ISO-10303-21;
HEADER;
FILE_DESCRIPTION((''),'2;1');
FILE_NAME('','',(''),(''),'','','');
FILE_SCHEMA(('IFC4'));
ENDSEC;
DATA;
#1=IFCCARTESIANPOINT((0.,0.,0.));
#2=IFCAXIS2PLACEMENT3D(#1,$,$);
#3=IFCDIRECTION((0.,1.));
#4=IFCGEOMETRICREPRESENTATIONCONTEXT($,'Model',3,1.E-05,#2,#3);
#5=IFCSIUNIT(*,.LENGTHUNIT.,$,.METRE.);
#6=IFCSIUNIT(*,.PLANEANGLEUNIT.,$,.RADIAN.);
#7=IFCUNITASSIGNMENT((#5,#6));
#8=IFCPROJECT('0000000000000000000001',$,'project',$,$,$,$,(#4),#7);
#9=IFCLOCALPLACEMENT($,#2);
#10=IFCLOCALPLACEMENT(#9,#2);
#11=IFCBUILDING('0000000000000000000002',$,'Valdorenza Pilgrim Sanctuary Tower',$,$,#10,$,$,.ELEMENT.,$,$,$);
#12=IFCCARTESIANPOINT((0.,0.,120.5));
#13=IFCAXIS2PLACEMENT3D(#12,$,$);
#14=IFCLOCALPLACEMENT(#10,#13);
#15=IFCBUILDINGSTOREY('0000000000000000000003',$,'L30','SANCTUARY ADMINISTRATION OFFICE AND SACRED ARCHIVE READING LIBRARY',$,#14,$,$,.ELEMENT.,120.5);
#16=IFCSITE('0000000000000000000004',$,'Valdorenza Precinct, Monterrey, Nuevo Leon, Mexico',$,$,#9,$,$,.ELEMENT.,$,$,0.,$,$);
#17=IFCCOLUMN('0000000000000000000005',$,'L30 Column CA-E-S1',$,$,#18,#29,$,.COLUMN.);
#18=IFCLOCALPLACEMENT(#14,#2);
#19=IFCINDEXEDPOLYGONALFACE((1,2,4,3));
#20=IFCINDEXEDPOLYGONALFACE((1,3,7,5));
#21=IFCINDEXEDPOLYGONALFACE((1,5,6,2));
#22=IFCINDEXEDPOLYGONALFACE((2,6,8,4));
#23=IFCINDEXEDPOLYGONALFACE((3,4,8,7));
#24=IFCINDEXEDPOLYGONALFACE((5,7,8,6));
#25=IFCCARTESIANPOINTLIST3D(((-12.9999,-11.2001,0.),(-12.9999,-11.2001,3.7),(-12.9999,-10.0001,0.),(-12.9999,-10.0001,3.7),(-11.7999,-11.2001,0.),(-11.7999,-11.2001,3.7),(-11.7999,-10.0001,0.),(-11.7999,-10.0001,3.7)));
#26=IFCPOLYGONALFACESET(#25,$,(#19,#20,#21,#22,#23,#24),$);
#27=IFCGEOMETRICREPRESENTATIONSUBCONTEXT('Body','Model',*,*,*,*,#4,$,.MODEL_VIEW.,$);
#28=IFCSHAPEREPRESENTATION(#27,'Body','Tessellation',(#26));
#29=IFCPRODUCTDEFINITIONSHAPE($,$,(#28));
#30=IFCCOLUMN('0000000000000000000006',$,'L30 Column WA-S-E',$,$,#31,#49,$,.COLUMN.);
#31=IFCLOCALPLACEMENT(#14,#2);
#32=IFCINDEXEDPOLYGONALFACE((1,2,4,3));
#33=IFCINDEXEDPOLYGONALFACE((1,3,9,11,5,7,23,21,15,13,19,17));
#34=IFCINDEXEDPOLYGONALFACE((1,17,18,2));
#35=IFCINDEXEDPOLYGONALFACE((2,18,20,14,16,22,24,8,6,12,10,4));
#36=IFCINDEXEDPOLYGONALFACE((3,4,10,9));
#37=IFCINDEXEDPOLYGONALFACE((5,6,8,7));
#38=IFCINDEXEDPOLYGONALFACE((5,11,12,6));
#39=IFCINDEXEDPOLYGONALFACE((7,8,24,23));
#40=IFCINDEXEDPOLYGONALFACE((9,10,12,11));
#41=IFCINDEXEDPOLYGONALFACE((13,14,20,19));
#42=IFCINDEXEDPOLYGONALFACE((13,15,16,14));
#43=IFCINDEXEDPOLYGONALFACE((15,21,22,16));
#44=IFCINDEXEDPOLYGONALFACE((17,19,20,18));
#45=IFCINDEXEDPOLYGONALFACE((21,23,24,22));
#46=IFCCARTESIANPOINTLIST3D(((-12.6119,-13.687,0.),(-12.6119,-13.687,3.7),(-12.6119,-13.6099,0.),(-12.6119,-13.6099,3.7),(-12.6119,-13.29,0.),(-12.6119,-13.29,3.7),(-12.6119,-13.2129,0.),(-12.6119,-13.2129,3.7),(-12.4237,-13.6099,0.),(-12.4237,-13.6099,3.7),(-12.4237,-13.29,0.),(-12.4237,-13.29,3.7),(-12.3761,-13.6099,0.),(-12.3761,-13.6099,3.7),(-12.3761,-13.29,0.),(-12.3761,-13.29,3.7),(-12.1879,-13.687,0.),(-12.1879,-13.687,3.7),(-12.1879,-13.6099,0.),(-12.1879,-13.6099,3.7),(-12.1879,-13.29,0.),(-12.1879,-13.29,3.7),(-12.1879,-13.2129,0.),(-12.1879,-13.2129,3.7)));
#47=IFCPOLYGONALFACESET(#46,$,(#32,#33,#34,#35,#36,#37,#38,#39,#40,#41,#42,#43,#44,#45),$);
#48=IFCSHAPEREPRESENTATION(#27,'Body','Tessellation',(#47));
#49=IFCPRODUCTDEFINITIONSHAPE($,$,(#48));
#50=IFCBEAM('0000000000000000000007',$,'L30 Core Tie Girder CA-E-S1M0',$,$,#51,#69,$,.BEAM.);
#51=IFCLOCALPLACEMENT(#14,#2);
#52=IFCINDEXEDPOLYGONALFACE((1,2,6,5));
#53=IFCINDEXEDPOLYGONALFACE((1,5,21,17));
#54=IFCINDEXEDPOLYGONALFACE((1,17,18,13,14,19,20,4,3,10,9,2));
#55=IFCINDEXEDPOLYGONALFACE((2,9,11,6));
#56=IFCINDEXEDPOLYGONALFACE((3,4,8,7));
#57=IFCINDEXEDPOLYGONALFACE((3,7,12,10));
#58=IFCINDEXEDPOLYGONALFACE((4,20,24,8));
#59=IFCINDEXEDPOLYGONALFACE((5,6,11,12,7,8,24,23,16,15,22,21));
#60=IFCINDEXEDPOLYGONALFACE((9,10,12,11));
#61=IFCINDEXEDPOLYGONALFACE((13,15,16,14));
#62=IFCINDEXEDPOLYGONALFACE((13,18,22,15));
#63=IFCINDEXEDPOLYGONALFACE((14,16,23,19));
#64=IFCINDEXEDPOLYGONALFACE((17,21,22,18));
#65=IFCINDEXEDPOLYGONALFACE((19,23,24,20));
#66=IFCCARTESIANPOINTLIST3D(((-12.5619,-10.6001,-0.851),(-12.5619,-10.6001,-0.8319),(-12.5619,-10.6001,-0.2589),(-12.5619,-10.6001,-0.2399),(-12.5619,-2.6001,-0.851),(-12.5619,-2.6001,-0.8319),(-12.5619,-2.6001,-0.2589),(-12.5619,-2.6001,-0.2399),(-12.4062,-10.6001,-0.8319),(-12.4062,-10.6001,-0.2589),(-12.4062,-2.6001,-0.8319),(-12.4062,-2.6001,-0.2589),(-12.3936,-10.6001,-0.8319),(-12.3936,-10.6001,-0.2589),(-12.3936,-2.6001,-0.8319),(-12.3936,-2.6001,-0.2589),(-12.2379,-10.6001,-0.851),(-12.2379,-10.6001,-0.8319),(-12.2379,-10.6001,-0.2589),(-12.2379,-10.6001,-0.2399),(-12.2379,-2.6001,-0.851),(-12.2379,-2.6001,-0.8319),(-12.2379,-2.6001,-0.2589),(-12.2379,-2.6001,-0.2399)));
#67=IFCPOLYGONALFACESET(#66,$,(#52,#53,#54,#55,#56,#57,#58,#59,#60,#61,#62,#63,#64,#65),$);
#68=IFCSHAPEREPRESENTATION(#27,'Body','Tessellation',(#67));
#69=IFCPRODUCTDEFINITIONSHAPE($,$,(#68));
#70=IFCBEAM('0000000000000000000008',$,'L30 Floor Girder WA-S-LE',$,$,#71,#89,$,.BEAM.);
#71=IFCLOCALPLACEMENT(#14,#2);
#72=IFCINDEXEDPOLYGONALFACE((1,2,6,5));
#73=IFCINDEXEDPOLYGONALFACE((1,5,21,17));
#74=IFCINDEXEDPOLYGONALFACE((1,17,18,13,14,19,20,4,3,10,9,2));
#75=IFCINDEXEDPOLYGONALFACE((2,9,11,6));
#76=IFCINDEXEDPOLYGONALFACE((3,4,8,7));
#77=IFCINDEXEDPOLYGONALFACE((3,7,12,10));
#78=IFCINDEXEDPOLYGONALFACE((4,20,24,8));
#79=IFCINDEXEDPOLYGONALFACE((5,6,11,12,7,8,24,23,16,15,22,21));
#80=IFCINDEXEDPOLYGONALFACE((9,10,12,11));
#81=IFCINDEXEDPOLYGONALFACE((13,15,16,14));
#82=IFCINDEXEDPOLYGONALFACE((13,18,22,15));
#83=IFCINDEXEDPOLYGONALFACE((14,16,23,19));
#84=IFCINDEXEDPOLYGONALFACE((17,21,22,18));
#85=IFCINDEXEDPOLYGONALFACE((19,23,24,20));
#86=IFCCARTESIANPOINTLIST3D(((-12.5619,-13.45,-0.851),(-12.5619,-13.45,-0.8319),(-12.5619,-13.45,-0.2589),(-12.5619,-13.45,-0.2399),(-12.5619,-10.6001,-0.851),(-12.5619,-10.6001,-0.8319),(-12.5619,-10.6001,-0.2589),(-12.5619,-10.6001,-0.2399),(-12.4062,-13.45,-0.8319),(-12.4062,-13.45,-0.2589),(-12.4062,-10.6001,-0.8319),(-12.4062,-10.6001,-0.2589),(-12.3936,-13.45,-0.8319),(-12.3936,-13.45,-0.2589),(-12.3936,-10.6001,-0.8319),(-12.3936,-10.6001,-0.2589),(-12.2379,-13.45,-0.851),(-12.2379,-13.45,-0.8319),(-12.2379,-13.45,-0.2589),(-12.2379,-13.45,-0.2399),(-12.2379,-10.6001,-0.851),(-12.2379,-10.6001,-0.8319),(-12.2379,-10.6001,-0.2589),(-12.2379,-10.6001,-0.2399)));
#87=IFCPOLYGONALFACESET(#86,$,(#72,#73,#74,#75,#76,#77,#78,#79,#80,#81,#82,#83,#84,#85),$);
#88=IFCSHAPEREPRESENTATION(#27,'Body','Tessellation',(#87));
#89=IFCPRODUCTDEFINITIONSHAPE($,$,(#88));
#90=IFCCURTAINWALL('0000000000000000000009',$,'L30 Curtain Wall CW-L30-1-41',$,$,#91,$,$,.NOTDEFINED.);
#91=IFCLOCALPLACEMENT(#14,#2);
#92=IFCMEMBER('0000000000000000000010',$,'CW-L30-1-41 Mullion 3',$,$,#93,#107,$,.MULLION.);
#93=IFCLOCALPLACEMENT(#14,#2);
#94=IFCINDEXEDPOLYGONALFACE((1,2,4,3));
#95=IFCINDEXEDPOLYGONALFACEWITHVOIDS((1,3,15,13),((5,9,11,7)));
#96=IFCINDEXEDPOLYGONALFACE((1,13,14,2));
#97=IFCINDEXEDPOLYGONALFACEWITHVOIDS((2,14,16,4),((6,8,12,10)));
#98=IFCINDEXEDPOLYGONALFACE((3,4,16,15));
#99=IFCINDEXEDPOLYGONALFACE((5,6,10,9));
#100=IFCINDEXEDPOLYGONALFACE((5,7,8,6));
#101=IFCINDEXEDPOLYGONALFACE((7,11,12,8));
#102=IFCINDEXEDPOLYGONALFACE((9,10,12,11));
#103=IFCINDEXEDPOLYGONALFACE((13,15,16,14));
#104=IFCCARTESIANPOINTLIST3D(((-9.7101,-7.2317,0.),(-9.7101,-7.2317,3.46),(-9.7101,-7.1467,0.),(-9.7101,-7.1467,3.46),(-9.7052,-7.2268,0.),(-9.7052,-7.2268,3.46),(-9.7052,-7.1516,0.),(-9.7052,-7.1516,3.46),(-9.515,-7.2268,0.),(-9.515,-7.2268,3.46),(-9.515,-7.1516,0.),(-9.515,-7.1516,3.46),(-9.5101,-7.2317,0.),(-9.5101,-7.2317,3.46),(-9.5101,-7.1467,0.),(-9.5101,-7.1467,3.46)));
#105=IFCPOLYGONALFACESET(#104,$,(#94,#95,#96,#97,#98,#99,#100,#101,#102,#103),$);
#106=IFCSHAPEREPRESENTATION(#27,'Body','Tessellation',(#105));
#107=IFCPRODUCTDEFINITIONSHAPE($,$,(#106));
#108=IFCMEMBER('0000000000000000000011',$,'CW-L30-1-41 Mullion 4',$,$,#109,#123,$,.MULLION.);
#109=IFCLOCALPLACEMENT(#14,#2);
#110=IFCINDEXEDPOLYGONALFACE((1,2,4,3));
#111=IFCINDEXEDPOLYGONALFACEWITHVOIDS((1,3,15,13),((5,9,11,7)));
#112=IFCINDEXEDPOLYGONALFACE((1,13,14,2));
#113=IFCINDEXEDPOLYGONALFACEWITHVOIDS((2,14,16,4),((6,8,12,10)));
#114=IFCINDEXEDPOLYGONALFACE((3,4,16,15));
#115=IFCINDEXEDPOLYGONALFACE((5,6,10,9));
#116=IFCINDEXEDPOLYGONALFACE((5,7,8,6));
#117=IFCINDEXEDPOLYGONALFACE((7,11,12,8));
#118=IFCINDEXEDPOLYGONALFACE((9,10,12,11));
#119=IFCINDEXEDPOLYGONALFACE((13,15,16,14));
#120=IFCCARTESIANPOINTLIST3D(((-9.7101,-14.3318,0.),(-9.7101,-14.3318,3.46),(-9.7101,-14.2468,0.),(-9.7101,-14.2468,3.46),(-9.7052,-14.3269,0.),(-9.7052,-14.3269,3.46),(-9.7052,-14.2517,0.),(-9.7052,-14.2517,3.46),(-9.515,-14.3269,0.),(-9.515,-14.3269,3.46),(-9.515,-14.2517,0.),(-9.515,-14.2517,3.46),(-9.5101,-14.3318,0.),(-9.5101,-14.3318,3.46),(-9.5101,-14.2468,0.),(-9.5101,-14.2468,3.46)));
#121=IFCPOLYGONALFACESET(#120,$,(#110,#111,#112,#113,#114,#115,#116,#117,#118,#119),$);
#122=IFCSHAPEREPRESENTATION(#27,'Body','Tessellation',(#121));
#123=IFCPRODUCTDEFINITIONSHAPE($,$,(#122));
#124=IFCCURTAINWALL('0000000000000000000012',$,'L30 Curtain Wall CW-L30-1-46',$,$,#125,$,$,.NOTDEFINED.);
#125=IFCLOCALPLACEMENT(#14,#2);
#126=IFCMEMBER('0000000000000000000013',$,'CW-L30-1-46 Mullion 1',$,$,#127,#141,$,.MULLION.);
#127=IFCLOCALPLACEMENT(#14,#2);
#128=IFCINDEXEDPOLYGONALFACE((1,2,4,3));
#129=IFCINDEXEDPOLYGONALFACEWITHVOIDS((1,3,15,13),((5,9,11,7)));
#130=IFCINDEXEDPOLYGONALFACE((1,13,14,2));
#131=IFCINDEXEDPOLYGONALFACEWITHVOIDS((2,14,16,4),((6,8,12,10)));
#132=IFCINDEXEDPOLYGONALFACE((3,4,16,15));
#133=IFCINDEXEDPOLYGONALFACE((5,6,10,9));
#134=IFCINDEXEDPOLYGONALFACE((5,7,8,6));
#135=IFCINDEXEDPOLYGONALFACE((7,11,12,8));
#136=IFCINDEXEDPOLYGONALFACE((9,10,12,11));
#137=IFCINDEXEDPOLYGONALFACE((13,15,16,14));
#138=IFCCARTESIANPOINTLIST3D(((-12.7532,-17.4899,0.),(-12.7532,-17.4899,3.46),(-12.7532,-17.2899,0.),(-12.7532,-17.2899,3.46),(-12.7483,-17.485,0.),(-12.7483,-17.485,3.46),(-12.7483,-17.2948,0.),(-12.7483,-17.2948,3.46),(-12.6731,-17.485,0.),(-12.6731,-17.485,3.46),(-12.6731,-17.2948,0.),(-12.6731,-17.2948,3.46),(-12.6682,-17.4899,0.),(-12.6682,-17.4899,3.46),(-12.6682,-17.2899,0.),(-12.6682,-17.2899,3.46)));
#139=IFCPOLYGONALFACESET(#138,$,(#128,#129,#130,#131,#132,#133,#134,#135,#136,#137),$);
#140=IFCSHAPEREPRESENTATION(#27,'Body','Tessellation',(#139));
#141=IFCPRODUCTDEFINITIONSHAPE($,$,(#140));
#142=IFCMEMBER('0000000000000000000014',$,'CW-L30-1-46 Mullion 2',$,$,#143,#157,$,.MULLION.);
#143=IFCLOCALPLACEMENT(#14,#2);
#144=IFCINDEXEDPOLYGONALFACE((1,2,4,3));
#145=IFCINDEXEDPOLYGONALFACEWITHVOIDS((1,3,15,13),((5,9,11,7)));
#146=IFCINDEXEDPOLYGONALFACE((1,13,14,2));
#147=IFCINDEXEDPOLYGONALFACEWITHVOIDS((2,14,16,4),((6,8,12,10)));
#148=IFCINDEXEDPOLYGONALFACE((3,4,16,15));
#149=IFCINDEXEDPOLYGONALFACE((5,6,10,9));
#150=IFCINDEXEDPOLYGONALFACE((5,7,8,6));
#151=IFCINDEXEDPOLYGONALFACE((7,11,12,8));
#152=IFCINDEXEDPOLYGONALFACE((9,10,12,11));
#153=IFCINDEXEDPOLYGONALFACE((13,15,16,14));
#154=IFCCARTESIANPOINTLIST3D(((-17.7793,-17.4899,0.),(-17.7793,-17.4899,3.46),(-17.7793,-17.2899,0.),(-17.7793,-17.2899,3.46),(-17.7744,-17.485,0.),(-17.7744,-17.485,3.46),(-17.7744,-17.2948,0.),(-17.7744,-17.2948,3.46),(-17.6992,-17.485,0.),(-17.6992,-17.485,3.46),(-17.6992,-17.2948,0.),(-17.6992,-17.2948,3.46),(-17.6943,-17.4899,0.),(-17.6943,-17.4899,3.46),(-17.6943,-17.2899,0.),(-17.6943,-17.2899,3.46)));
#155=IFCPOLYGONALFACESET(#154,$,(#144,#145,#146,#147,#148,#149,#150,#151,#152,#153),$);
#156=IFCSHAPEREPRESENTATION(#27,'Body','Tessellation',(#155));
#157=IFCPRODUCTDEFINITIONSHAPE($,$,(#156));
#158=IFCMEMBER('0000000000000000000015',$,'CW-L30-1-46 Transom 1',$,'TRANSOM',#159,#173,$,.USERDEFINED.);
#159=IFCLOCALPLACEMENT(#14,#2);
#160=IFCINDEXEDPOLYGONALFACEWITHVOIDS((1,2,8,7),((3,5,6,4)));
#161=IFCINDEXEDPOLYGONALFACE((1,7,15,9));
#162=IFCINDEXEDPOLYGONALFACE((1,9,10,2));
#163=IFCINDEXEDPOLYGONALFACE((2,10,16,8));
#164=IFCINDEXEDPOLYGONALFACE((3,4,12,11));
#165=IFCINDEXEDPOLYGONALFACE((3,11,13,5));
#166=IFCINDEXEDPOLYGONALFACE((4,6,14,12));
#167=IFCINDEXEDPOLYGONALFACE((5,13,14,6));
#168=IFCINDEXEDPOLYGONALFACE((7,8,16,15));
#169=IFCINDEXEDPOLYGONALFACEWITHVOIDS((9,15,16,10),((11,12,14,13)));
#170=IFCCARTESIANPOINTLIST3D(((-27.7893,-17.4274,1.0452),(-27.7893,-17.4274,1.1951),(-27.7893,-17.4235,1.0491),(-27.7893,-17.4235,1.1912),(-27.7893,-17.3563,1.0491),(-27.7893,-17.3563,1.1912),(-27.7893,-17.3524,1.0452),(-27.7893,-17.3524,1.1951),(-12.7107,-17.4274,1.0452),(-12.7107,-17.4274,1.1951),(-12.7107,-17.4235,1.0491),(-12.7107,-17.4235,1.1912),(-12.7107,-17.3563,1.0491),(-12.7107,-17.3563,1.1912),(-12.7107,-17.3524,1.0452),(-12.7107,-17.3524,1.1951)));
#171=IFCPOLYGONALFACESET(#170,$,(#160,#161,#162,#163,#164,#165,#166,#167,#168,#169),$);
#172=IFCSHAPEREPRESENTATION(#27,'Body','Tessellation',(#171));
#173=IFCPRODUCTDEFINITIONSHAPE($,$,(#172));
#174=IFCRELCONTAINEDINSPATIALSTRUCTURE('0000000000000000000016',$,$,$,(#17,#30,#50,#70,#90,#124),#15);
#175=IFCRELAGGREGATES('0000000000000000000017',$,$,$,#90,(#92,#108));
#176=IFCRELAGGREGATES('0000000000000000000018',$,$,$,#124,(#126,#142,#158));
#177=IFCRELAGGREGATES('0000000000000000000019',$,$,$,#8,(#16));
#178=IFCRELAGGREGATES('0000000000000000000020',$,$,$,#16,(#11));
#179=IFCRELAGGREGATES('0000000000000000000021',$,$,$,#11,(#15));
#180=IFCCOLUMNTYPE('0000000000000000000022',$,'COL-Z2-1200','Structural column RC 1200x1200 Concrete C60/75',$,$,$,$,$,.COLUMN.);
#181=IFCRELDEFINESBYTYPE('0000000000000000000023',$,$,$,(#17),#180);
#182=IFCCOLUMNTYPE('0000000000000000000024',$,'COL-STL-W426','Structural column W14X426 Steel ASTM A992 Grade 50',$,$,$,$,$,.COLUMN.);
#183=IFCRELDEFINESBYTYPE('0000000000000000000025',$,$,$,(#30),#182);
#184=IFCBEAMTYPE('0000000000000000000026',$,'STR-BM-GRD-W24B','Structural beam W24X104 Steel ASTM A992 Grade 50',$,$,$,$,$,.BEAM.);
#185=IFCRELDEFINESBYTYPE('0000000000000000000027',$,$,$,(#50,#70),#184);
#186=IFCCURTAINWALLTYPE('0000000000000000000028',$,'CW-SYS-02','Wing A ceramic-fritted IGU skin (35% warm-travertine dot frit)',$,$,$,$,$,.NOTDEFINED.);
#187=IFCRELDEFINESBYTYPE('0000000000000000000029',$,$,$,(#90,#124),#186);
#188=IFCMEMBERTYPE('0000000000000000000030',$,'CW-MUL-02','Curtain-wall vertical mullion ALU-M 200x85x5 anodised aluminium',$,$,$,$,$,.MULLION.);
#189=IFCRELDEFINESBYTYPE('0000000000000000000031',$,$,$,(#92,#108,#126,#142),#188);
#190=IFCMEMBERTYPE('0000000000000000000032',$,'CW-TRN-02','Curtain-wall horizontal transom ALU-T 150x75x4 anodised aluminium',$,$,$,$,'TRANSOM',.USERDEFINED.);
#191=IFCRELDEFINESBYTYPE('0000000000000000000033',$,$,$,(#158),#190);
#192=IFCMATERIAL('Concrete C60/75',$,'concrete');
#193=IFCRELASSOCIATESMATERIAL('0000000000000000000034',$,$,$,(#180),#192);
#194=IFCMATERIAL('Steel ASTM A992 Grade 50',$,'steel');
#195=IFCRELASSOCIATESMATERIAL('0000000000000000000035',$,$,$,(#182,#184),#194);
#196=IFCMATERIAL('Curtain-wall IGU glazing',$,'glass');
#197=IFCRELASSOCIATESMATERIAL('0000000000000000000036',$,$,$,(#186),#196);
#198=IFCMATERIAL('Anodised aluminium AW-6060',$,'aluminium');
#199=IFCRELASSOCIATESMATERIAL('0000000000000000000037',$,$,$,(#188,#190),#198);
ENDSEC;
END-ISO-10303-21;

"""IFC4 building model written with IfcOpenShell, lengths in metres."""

from ifc_helpers import new_model, si_unit, direction, frame, origin, origin_2d, place, context, subcontext, project, spatial, rectangle, hollow_rectangle, i_section, extrude, source, transform, mapped, material, material_profile, profile_set, type_object, element, aggregate, save


model = new_model("IFC4")

# Units and contexts
model_context = context("Model", 3, precision=1e-05, world=origin(), true_north=direction((0.0, 1.0)))
body_context = subcontext(model_context, "Body", "Model", "MODEL_VIEW")
ifc_project = project(units=[si_unit("LENGTHUNIT", "METRE"), si_unit("PLANEANGLEUNIT", "RADIAN")], contexts=[model_context])

# Site, building, storey
site_placement = place(None, origin())
site = spatial("IfcSite", under=ifc_project, at=site_placement, Name="Valdorenza Precinct, Monterrey, Nuevo Leon, Mexico", CompositionType="ELEMENT", RefElevation=0.0)
building_placement = place(site_placement, origin())
building = spatial("IfcBuilding", under=site, at=building_placement, Name="Valdorenza Pilgrim Sanctuary Tower", CompositionType="ELEMENT")
storey_placement = place(building_placement, frame((0.0, 0.0, 120.5)))
storey = spatial("IfcBuildingStorey", under=building, at=storey_placement, Name="L30", Description="SANCTUARY ADMINISTRATION OFFICE AND SACRED ARCHIVE READING LIBRARY", CompositionType="ELEMENT", Elevation=120.5)

# Columns
ifc_material_1 = material(Name="Concrete C60/75", Category="concrete")
ifc_material_profile_1 = material_profile(ifc_material_1, rectangle(XDim=1.2, YDim=1.2, at=origin_2d()), Name="RC 1200x1200")
ifc_profile_set_1 = profile_set([ifc_material_profile_1], Name="Concrete C60/75")
column_type_1 = type_object("IfcColumnType", Name="COL-Z2-1200", Description="Structural column RC 1200x1200 Concrete C60/75", PredefinedType="COLUMN", material=ifc_profile_set_1)
shared_shape_1 = source(origin(), body_context, "Body", "SweptSolid", [
    extrude(rectangle(XDim=1.2, YDim=1.2, at=origin_2d()), origin(), (0.0, 0.0, 1.0), 3.7),
])
column_1_placement = place(storey_placement, frame((-12.3999, -10.6001, 0.0), z_axis=(0.0, 0.0, 1.0), x_axis=(1.0, 0.0, 0.0)))
element("IfcColumn", 1, at=column_1_placement, inside=storey, type_object=column_type_1, Name="L30 Column CA-E-S1", PredefinedType="COLUMN", context=body_context, shape_type="MappedRepresentation", body=[
    mapped(shared_shape_1, transform((0.0, 0.0, 0.0), x_axis=(1.0, 0.0, 0.0), y_axis=(0.0, 1.0, 0.0), z_axis=(0.0, 0.0, 1.0), scale=1.0)),
])
ifc_material_2 = material(Name="Steel ASTM A992 Grade 50", Category="steel")
ifc_material_profile_2 = material_profile(ifc_material_2, i_section(OverallWidth=0.4241, OverallDepth=0.4741, WebThickness=0.0476, FlangeThickness=0.0771, at=origin_2d()), Name="W14X426")
ifc_profile_set_2 = profile_set([ifc_material_profile_2], Name="Steel ASTM A992 Grade 50")
column_type_2 = type_object("IfcColumnType", Name="COL-STL-W426", Description="Structural column W14X426 Steel ASTM A992 Grade 50", PredefinedType="COLUMN", material=ifc_profile_set_2)
shared_shape_2 = source(origin(), body_context, "Body", "SweptSolid", [
    extrude(i_section(OverallWidth=0.4241, OverallDepth=0.4741, WebThickness=0.0476, FlangeThickness=0.0771, at=origin_2d()), origin(), (0.0, 0.0, 1.0), 3.7),
])
column_2_placement = place(storey_placement, frame((-12.3999, -13.45, 0.0), z_axis=(0.0, 0.0, 1.0), x_axis=(1.0, 0.0, 0.0)))
element("IfcColumn", 2, at=column_2_placement, inside=storey, type_object=column_type_2, Name="L30 Column WA-S-E", PredefinedType="COLUMN", context=body_context, shape_type="MappedRepresentation", body=[
    mapped(shared_shape_2, transform((0.0, 0.0, 0.0), x_axis=(1.0, 0.0, 0.0), y_axis=(0.0, 1.0, 0.0), z_axis=(0.0, 0.0, 1.0), scale=1.0)),
])

# Beams
ifc_material_profile_3 = material_profile(ifc_material_2, i_section(OverallWidth=0.324, OverallDepth=0.6111, WebThickness=0.0127, FlangeThickness=0.019, at=origin_2d()), Name="W24X104")
ifc_profile_set_3 = profile_set([ifc_material_profile_3], Name="Steel ASTM A992 Grade 50")
beam_type = type_object("IfcBeamType", Name="STR-BM-GRD-W24B", Description="Structural beam W24X104 Steel ASTM A992 Grade 50", PredefinedType="BEAM", material=ifc_profile_set_3)
shared_shape_3 = source(origin(), body_context, "Body", "SweptSolid", [
    extrude(i_section(OverallWidth=0.324, OverallDepth=0.6111, WebThickness=0.0127, FlangeThickness=0.019, at=origin_2d()), origin(), (0.0, 0.0, 1.0), 8.0),
])
beam_1_placement = place(storey_placement, frame((-12.3999, -10.6001, -0.5454), z_axis=(0.0, 1.0, 0.0), x_axis=(-1.0, 0.0, 0.0)))
element("IfcBeam", 3, at=beam_1_placement, inside=storey, type_object=beam_type, Name="L30 Core Tie Girder CA-E-S1M0", PredefinedType="BEAM", context=body_context, shape_type="MappedRepresentation", body=[
    mapped(shared_shape_3, transform((0.0, 0.0, 0.0), x_axis=(1.0, 0.0, 0.0), y_axis=(0.0, 1.0, 0.0), z_axis=(0.0, 0.0, 1.0), scale=1.0)),
])
shared_shape_4 = source(origin(), body_context, "Body", "SweptSolid", [
    extrude(i_section(OverallWidth=0.324, OverallDepth=0.6111, WebThickness=0.0127, FlangeThickness=0.019, at=origin_2d()), origin(), (0.0, 0.0, 1.0), 2.8499),
])
beam_2_placement = place(storey_placement, frame((-12.3999, -13.45, -0.5454), z_axis=(0.0, 1.0, 0.0), x_axis=(-1.0, 0.0, 0.0)))
element("IfcBeam", 4, at=beam_2_placement, inside=storey, type_object=beam_type, Name="L30 Floor Girder WA-S-LE", PredefinedType="BEAM", context=body_context, shape_type="MappedRepresentation", body=[
    mapped(shared_shape_4, transform((0.0, 0.0, 0.0), x_axis=(1.0, 0.0, 0.0), y_axis=(0.0, 1.0, 0.0), z_axis=(0.0, 0.0, 1.0), scale=1.0)),
])

# Curtain walls, members
ifc_material_3 = material(Name="Curtain-wall IGU glazing", Category="glass")
curtain_wall_type = type_object("IfcCurtainWallType", Name="CW-SYS-02", Description="Wing A ceramic-fritted IGU skin (35% warm-travertine dot frit)", PredefinedType="NOTDEFINED", material=ifc_material_3)
curtain_wall_1_placement = place(storey_placement, origin())
curtain_wall_1 = element("IfcCurtainWall", 5, at=curtain_wall_1_placement, inside=storey, type_object=curtain_wall_type, Name="L30 Curtain Wall CW-L30-1-41", PredefinedType="NOTDEFINED")
ifc_material_4 = material(Name="Anodised aluminium AW-6060", Category="aluminium")
ifc_material_profile_4 = material_profile(ifc_material_4, hollow_rectangle(XDim=0.085, YDim=0.2, WallThickness=0.0049, at=origin_2d()), Name="ALU-M 200x85x5")
ifc_profile_set_4 = profile_set([ifc_material_profile_4], Name="Anodised aluminium AW-6060")
member_type_1 = type_object("IfcMemberType", Name="CW-MUL-02", Description="Curtain-wall vertical mullion ALU-M 200x85x5 anodised aluminium", PredefinedType="MULLION", material=ifc_profile_set_4)
shared_shape_5 = source(origin(), body_context, "Body", "SweptSolid", [
    extrude(hollow_rectangle(XDim=0.085, YDim=0.2, WallThickness=0.0049, at=origin_2d()), origin(), (0.0, 0.0, 1.0), 3.46),
])
member_1_placement = place(storey_placement, frame((-9.6101, -7.1892, 0.0), z_axis=(0.0, 0.0, 1.0), x_axis=(0.0, -1.0, 0.0)))
member_1 = element("IfcMember", 6, at=member_1_placement, type_object=member_type_1, Name="CW-L30-1-41 Mullion 3", PredefinedType="MULLION", context=body_context, shape_type="MappedRepresentation", body=[
    mapped(shared_shape_5, transform((0.0, 0.0, 0.0), x_axis=(1.0, 0.0, 0.0), y_axis=(0.0, 1.0, 0.0), z_axis=(0.0, 0.0, 1.0), scale=1.0)),
])
member_2_placement = place(storey_placement, frame((-9.6101, -14.2893, 0.0), z_axis=(0.0, 0.0, 1.0), x_axis=(0.0, -1.0, 0.0)))
member_2 = element("IfcMember", 7, at=member_2_placement, type_object=member_type_1, Name="CW-L30-1-41 Mullion 4", PredefinedType="MULLION", context=body_context, shape_type="MappedRepresentation", body=[
    mapped(shared_shape_5, transform((0.0, 0.0, 0.0), x_axis=(1.0, 0.0, 0.0), y_axis=(0.0, 1.0, 0.0), z_axis=(0.0, 0.0, 1.0), scale=1.0)),
])
curtain_wall_2_placement = place(storey_placement, origin())
curtain_wall_2 = element("IfcCurtainWall", 8, at=curtain_wall_2_placement, inside=storey, type_object=curtain_wall_type, Name="L30 Curtain Wall CW-L30-1-46", PredefinedType="NOTDEFINED")
member_3_placement = place(storey_placement, frame((-12.7107, -17.3899, 0.0), z_axis=(0.0, 0.0, 1.0), x_axis=(-1.0, 0.0, 0.0)))
member_3 = element("IfcMember", 9, at=member_3_placement, type_object=member_type_1, Name="CW-L30-1-46 Mullion 1", PredefinedType="MULLION", context=body_context, shape_type="MappedRepresentation", body=[
    mapped(shared_shape_5, transform((0.0, 0.0, 0.0), x_axis=(1.0, 0.0, 0.0), y_axis=(0.0, 1.0, 0.0), z_axis=(0.0, 0.0, 1.0), scale=1.0)),
])
member_4_placement = place(storey_placement, frame((-17.7368, -17.3899, 0.0), z_axis=(0.0, 0.0, 1.0), x_axis=(-1.0, 0.0, 0.0)))
member_4 = element("IfcMember", 10, at=member_4_placement, type_object=member_type_1, Name="CW-L30-1-46 Mullion 2", PredefinedType="MULLION", context=body_context, shape_type="MappedRepresentation", body=[
    mapped(shared_shape_5, transform((0.0, 0.0, 0.0), x_axis=(1.0, 0.0, 0.0), y_axis=(0.0, 1.0, 0.0), z_axis=(0.0, 0.0, 1.0), scale=1.0)),
])
ifc_material_profile_5 = material_profile(ifc_material_4, hollow_rectangle(XDim=0.075, YDim=0.1499, WallThickness=0.0039, at=origin_2d()), Name="ALU-T 150x75x4")
ifc_profile_set_5 = profile_set([ifc_material_profile_5], Name="Anodised aluminium AW-6060")
member_type_2 = type_object("IfcMemberType", Name="CW-TRN-02", Description="Curtain-wall horizontal transom ALU-T 150x75x4 anodised aluminium", ElementType="TRANSOM", PredefinedType="USERDEFINED", material=ifc_profile_set_5)
shared_shape_6 = source(origin(), body_context, "Body", "SweptSolid", [
    extrude(hollow_rectangle(XDim=0.075, YDim=0.1499, WallThickness=0.0039, at=origin_2d()), origin(), (0.0, 0.0, 1.0), 15.0786),
])
member_5_placement = place(storey_placement, frame((-12.7107, -17.3899, 1.1201), z_axis=(-1.0, 0.0, 0.0), x_axis=(0.0, -1.0, 0.0)))
member_5 = element("IfcMember", 11, at=member_5_placement, type_object=member_type_2, Name="CW-L30-1-46 Transom 1", ObjectType="TRANSOM", PredefinedType="USERDEFINED", context=body_context, shape_type="MappedRepresentation", body=[
    mapped(shared_shape_6, transform((0.0, 0.0, 0.0), x_axis=(1.0, 0.0, 0.0), y_axis=(0.0, 1.0, 0.0), z_axis=(0.0, 0.0, 1.0), scale=1.0)),
])

aggregate(curtain_wall_1, [member_1, member_2])
aggregate(curtain_wall_2, [member_3, member_4, member_5])

save(model, "model.ifc")
